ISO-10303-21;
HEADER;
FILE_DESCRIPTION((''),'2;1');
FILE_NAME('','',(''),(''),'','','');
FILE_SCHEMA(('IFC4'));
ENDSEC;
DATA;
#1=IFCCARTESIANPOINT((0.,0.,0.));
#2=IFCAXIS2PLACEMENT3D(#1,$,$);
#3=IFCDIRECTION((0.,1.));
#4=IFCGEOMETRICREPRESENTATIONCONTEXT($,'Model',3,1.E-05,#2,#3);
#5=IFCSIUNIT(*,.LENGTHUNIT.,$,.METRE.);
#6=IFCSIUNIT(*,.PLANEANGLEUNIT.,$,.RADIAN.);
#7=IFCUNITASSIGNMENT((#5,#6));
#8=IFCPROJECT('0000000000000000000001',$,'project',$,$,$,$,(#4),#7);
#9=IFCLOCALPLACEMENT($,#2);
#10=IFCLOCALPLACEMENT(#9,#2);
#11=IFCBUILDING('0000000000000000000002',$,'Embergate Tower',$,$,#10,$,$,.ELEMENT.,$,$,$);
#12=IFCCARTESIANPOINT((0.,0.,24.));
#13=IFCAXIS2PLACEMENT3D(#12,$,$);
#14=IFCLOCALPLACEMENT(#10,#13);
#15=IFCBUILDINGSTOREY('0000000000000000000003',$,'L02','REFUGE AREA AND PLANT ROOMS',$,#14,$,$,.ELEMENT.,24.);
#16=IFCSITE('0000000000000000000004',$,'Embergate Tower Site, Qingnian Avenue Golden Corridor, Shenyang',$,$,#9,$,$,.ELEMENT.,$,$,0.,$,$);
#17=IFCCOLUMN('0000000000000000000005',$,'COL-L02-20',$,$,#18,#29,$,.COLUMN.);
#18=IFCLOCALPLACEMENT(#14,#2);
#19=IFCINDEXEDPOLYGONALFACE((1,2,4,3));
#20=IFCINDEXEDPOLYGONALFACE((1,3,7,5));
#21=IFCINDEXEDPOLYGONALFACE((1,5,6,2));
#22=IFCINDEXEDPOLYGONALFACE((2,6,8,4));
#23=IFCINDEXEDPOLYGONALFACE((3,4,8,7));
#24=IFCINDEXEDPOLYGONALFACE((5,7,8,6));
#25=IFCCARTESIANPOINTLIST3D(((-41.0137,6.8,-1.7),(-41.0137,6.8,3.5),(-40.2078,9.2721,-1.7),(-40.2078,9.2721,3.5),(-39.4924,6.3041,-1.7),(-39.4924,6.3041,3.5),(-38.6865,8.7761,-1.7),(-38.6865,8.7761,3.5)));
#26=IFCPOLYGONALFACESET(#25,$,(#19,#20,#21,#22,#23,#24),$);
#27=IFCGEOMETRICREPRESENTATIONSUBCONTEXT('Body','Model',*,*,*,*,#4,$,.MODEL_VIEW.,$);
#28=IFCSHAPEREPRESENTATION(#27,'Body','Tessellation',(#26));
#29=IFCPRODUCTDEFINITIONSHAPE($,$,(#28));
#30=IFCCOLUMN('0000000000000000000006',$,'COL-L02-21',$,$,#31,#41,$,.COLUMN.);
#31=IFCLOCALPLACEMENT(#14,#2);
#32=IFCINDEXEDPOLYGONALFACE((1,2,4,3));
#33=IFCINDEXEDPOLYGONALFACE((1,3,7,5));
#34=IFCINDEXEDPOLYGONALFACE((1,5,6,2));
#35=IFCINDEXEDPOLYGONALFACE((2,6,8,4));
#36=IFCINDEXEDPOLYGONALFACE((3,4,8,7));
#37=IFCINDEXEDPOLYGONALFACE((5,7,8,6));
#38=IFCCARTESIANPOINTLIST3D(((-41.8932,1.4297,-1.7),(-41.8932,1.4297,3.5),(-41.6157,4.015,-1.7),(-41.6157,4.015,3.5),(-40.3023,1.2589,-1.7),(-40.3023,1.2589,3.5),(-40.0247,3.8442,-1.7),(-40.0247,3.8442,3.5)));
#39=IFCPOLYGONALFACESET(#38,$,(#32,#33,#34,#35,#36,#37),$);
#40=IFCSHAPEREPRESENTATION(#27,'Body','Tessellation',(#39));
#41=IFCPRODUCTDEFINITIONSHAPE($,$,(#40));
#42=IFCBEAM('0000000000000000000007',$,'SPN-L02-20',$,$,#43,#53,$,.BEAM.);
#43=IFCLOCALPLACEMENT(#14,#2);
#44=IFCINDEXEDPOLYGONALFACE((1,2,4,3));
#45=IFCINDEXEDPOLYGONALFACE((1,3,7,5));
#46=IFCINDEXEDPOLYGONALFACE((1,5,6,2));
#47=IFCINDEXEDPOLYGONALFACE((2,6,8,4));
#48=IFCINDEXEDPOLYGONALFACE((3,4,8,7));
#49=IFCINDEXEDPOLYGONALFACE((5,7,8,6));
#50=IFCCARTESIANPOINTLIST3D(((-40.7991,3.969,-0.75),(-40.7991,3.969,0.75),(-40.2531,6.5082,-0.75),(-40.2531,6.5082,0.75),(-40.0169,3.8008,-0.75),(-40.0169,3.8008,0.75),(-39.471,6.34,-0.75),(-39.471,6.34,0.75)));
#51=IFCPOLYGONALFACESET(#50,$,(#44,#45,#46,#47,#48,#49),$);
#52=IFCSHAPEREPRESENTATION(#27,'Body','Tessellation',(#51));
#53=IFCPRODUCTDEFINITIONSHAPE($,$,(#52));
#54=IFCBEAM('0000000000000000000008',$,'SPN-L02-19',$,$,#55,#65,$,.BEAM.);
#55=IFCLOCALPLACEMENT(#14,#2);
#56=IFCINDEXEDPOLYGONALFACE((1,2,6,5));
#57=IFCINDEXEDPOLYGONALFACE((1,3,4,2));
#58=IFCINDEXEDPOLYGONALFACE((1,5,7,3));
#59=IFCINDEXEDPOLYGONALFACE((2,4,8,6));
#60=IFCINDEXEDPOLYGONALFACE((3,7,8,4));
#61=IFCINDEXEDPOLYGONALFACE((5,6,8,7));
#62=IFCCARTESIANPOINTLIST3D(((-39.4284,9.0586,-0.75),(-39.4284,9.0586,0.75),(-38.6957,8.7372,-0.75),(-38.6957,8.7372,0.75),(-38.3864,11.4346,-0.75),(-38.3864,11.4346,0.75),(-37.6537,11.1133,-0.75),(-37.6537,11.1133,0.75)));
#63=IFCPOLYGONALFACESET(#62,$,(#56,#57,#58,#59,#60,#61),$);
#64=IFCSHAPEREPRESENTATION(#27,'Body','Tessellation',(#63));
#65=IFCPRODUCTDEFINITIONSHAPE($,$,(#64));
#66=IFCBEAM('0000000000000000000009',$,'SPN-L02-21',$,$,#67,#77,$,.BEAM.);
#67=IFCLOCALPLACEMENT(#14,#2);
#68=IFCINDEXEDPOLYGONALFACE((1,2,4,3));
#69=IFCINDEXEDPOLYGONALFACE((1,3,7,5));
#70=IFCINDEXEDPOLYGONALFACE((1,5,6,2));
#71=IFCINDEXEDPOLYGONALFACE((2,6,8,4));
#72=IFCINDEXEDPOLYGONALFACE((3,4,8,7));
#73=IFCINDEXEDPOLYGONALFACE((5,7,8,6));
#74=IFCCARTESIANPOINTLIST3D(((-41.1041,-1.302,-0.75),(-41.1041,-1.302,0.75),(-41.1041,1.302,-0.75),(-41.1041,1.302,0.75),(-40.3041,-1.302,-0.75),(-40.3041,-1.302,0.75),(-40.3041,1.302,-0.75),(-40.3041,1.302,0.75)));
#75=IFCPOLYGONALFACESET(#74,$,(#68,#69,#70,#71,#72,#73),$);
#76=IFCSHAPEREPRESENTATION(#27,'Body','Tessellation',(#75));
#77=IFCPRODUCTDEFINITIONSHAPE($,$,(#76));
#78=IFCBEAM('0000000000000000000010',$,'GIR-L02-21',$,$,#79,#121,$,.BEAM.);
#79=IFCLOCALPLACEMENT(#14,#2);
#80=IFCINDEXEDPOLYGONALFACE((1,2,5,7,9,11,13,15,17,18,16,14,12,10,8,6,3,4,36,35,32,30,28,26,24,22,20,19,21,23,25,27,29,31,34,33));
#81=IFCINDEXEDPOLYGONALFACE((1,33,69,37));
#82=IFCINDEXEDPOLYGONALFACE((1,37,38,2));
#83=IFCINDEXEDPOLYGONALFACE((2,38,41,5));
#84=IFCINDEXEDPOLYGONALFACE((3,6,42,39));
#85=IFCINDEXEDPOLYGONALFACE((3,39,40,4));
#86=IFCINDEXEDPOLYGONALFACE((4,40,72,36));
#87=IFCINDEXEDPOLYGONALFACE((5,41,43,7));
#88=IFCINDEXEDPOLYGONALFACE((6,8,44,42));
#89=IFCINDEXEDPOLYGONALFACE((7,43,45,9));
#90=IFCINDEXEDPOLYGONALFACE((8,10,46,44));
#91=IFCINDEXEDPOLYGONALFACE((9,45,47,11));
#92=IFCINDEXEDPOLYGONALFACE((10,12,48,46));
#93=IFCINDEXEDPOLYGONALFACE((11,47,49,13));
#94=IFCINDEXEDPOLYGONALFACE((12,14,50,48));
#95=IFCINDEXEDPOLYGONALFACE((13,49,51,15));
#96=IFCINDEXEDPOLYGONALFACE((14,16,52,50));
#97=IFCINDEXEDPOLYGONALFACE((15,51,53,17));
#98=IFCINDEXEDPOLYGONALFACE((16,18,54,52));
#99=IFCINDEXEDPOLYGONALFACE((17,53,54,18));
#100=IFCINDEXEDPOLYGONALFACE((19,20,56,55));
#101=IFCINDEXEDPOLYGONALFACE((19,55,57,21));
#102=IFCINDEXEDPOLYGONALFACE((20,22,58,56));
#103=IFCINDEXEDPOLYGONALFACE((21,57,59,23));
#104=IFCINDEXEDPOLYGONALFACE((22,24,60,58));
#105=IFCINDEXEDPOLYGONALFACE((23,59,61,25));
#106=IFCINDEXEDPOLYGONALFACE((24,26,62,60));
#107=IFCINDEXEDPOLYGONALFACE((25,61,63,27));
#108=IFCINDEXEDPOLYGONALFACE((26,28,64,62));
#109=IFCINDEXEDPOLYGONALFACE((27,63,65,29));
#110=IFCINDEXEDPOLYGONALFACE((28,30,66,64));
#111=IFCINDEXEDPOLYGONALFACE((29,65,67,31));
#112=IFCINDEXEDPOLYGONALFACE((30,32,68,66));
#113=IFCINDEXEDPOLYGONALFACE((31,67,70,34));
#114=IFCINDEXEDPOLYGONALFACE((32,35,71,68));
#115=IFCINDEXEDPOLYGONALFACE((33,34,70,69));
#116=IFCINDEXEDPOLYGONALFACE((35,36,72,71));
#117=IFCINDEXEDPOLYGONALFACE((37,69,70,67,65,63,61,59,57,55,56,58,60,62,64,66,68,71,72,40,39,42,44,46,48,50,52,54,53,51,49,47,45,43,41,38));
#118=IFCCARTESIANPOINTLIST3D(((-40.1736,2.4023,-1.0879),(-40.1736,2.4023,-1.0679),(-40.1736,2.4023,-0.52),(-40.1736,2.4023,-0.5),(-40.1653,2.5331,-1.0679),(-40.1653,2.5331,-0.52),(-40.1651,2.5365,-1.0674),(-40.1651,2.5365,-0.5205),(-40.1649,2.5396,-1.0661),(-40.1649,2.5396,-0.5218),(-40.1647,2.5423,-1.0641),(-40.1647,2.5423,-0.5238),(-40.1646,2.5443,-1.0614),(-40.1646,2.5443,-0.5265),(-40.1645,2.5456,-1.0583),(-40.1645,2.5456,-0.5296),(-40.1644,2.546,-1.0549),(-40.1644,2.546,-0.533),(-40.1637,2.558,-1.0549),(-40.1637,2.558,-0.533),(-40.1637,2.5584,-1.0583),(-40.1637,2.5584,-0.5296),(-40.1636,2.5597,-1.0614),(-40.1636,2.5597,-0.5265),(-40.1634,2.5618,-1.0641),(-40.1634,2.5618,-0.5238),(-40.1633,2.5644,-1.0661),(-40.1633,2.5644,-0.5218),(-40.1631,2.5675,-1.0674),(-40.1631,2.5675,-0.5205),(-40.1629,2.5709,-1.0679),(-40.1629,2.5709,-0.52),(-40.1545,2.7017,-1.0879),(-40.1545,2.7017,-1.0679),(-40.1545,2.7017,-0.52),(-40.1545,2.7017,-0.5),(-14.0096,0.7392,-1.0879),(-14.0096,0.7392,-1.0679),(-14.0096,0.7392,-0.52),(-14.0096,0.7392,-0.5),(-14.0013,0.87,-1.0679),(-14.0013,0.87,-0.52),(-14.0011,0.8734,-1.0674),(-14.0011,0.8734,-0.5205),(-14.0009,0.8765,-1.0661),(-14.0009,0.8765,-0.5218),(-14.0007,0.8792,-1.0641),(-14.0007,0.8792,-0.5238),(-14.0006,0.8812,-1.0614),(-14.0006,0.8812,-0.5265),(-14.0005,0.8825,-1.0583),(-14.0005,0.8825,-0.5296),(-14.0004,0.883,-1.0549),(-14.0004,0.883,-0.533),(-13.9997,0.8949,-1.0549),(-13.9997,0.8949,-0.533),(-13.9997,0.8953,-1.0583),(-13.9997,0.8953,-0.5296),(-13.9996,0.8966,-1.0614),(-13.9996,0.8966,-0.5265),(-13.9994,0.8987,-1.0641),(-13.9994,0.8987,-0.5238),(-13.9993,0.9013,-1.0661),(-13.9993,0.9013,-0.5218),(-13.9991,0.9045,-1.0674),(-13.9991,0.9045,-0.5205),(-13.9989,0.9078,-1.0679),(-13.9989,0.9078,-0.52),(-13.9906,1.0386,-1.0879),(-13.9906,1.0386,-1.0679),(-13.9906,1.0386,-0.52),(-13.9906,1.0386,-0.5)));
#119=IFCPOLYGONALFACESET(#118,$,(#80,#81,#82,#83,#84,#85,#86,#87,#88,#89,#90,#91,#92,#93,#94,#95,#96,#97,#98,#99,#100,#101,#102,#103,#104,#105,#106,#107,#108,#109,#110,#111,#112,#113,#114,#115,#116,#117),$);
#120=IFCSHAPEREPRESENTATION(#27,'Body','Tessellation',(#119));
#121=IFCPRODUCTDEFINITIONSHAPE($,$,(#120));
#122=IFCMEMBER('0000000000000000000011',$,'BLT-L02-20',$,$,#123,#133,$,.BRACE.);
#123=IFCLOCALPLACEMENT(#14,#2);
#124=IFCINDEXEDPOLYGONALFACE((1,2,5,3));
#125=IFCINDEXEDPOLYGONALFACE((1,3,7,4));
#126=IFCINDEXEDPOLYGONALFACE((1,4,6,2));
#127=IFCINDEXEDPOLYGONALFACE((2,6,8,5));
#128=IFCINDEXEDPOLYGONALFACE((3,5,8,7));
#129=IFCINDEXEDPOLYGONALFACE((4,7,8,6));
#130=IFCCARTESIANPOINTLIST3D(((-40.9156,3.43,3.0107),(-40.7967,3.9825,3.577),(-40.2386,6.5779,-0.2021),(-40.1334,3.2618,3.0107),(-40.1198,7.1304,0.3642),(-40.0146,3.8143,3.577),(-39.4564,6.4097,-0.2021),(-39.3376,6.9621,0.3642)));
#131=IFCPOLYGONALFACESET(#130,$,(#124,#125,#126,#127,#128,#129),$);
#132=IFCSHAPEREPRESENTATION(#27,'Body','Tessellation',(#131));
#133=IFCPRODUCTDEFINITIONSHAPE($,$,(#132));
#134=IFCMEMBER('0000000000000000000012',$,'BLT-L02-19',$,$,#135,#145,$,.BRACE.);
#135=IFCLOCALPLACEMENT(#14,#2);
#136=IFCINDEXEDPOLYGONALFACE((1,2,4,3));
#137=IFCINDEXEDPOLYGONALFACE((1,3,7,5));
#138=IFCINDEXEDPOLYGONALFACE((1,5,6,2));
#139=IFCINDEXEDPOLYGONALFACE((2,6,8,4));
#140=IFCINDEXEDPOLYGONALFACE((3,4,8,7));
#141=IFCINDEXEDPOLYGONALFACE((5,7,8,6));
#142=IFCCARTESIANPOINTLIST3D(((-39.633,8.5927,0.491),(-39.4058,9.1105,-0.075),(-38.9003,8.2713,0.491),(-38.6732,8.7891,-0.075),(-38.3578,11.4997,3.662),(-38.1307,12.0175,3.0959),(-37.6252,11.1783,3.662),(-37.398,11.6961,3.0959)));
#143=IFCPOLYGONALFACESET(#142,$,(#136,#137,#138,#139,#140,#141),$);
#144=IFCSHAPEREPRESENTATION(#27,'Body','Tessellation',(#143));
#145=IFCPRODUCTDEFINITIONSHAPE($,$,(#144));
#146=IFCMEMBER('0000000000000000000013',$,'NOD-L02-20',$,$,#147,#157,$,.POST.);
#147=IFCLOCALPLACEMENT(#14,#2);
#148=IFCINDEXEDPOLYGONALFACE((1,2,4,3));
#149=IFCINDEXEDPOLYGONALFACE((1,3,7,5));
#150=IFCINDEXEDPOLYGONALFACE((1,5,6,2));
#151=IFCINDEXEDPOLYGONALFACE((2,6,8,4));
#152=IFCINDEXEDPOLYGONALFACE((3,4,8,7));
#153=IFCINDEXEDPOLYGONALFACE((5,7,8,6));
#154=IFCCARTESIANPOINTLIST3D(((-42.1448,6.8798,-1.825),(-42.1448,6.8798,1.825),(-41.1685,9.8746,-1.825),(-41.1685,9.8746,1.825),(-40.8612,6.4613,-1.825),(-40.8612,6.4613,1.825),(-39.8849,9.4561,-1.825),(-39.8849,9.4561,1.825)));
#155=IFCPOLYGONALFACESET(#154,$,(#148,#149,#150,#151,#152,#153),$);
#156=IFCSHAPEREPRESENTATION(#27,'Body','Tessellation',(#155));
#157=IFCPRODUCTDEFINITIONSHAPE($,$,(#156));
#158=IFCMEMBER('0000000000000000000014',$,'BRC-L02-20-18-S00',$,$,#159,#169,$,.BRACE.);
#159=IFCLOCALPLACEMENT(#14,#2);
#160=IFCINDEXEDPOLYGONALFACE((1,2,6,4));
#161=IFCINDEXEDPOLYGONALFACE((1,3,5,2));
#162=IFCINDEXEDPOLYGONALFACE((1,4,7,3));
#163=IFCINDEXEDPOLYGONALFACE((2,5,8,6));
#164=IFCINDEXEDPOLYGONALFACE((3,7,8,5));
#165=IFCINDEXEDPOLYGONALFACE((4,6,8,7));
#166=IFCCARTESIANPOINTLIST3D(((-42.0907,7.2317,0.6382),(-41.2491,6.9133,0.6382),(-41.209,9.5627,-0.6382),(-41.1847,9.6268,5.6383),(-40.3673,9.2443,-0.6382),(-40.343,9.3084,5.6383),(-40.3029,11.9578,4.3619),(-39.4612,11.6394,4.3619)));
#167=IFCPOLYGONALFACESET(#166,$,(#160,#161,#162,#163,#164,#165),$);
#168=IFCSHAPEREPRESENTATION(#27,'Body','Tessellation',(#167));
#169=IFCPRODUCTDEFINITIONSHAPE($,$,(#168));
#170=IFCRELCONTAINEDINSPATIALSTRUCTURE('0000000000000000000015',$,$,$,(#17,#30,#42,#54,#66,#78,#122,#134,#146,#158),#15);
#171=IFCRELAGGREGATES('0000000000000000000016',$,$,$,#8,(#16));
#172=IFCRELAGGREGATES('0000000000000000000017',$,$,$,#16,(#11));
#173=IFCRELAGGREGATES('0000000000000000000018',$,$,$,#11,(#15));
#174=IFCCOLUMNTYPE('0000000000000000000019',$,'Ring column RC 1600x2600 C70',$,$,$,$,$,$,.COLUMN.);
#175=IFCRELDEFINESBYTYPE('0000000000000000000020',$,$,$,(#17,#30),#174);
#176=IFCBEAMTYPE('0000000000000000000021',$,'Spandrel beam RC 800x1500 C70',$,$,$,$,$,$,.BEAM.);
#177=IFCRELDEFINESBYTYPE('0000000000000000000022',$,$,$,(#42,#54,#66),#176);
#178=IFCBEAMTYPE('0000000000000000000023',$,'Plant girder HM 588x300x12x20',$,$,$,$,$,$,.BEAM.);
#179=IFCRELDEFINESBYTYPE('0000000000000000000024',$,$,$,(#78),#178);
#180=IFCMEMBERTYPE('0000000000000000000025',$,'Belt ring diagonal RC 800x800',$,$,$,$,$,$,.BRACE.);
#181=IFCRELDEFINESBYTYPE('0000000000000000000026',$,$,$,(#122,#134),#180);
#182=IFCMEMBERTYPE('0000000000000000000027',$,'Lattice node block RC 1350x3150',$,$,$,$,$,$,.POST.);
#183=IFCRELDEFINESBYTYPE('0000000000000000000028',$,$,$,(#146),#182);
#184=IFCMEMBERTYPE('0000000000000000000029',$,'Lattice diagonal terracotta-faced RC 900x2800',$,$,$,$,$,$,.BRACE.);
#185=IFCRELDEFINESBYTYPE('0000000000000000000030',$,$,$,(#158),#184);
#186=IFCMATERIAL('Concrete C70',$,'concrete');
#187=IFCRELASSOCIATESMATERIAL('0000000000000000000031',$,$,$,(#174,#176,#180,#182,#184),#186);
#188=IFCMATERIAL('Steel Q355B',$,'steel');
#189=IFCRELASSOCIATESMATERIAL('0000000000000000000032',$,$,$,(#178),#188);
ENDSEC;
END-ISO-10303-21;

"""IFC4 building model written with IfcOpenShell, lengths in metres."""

from ifc_helpers import new_model, si_unit, direction, frame, origin, origin_2d, place, context, subcontext, project, spatial, rectangle, i_section, extrude, source, transform, mapped, material, material_profile, profile_set, type_object, element, save


model = new_model("IFC4")

# Units and contexts
model_context = context("Model", 3, precision=1e-05, world=origin(), true_north=direction((0.0, 1.0)))
body_context = subcontext(model_context, "Body", "Model", "MODEL_VIEW")
ifc_project = project(units=[si_unit("LENGTHUNIT", "METRE"), si_unit("PLANEANGLEUNIT", "RADIAN")], contexts=[model_context])

# Site, building, storey
site_placement = place(None, origin())
site = spatial("IfcSite", under=ifc_project, at=site_placement, Name="Embergate Tower Site, Qingnian Avenue Golden Corridor, Shenyang", CompositionType="ELEMENT", RefElevation=0.0)
building_placement = place(site_placement, origin())
building = spatial("IfcBuilding", under=site, at=building_placement, Name="Embergate Tower", CompositionType="ELEMENT")
storey_placement = place(building_placement, frame((0.0, 0.0, 24.0)))
storey = spatial("IfcBuildingStorey", under=building, at=storey_placement, Name="L02", Description="REFUGE AREA AND PLANT ROOMS", CompositionType="ELEMENT", Elevation=24.0)

# Columns
ifc_material_1 = material(Name="Concrete C70", Category="concrete")
ifc_material_profile_1 = material_profile(ifc_material_1, rectangle(XDim=1.6001, YDim=2.6001, at=origin_2d()), Name="RC 1600x2600")
ifc_profile_set_1 = profile_set([ifc_material_profile_1], Name="Concrete C70")
column_type = type_object("IfcColumnType", Name="Ring column RC 1600x2600 C70", PredefinedType="COLUMN", material=ifc_profile_set_1)
shared_shape_1 = source(origin(), body_context, "Body", "SweptSolid", [
    extrude(rectangle(XDim=1.6001, YDim=2.6001, at=origin_2d()), origin(), (0.0, 0.0, 1.0), 5.2),
])
for number, where, z_axis, x_axis, name in (
    (1, (-39.8501, 7.7881, -1.7), (0.0, 0.0, 1.0), (-0.950754, 0.309946, 0.0), "COL-L02-20"),
    (2, (-40.959, 2.637, -1.7), (0.0, 0.0, 1.0), (-0.994286, 0.10675, 0.0), "COL-L02-21"),
):
    element("IfcColumn", number, at=place(storey_placement, frame(where, z_axis=z_axis, x_axis=x_axis)), inside=storey, type_object=column_type, Name=name, PredefinedType="COLUMN", context=body_context, shape_type="MappedRepresentation", body=[
        mapped(shared_shape_1, transform((0.0, 0.0, 0.0))),
    ])

# Beams
ifc_material_profile_2 = material_profile(ifc_material_1, rectangle(XDim=0.8, YDim=1.5, at=origin_2d()), Name="RC 800x1500")
ifc_profile_set_2 = profile_set([ifc_material_profile_2], Name="Concrete C70")
beam_type_1 = type_object("IfcBeamType", Name="Spandrel beam RC 800x1500 C70", PredefinedType="BEAM", material=ifc_profile_set_2)
shared_shape_2 = source(origin(), body_context, "Body", "SweptSolid", [
    extrude(rectangle(XDim=0.8, YDim=1.5, at=origin_2d()), origin(), (0.0, 0.0, 1.0), 2.5972),
])
beam_1_placement = place(storey_placement, frame((-39.8621, 6.4241, 0.0), z_axis=(-0.210197, -0.977659, 0.0), x_axis=(0.977659, -0.210197, 0.0)))
element("IfcBeam", 3, at=beam_1_placement, inside=storey, type_object=beam_type_1, Name="SPN-L02-20", PredefinedType="BEAM", context=body_context, shape_type="MappedRepresentation", body=[
    mapped(shared_shape_2, transform((0.0, 0.0, 0.0))),
])
shared_shape_3 = source(origin(), body_context, "Body", "SweptSolid", [
    extrude(rectangle(XDim=0.8, YDim=1.5, at=origin_2d()), origin(), (0.0, 0.0, 1.0), 2.5945),
])
beam_2_placement = place(storey_placement, frame((-38.02, 11.2739, 0.0), z_axis=(-0.401628, -0.915803, 0.0), x_axis=(0.915803, -0.401628, 0.0)))
element("IfcBeam", 4, at=beam_2_placement, inside=storey, type_object=beam_type_1, Name="SPN-L02-19", PredefinedType="BEAM", context=body_context, shape_type="MappedRepresentation", body=[
    mapped(shared_shape_3, transform((0.0, 0.0, 0.0))),
])
shared_shape_4 = source(origin(), body_context, "Body", "SweptSolid", [
    extrude(rectangle(XDim=0.8, YDim=1.5, at=origin_2d()), origin(), (0.0, 0.0, 1.0), 2.604),
])
beam_3_placement = place(storey_placement, frame((-40.7041, 1.302, 0.0), z_axis=(0.0, -1.0, 0.0), x_axis=(1.0, 0.0, 0.0)))
element("IfcBeam", 5, at=beam_3_placement, inside=storey, type_object=beam_type_1, Name="SPN-L02-21", PredefinedType="BEAM", context=body_context, shape_type="MappedRepresentation", body=[
    mapped(shared_shape_4, transform((0.0, 0.0, 0.0))),
])
ifc_material_2 = material(Name="Steel Q355B", Category="steel")
ifc_material_profile_3 = material_profile(ifc_material_2, i_section(OverallWidth=0.3, OverallDepth=0.5879, WebThickness=0.012, FlangeThickness=0.02, FilletRadius=0.0129, at=origin_2d()), Name="HM 588x300x12x20")
ifc_profile_set_3 = profile_set([ifc_material_profile_3], Name="Steel Q355 grade B")
beam_type_2 = type_object("IfcBeamType", Name="Plant girder HM 588x300x12x20", PredefinedType="BEAM", material=ifc_profile_set_3)
shared_shape_5 = source(origin(), body_context, "Body", "SweptSolid", [
    extrude(i_section(OverallWidth=0.3, OverallDepth=0.5879, WebThickness=0.012, FlangeThickness=0.02, FilletRadius=0.0129, at=origin_2d()), origin(), (0.0, 0.0, 1.0), 26.2168),
])
beam_4_placement = place(storey_placement, frame((-40.1641, 2.552, -0.7939), z_axis=(0.997986, -0.063436, 0.0), x_axis=(0.063436, 0.997986, 0.0)))
element("IfcBeam", 6, at=beam_4_placement, inside=storey, type_object=beam_type_2, Name="GIR-L02-21", PredefinedType="BEAM", context=body_context, shape_type="MappedRepresentation", body=[
    mapped(shared_shape_5, transform((0.0, 0.0, 0.0))),
])

# Members
ifc_material_profile_4 = material_profile(ifc_material_1, rectangle(XDim=0.8, YDim=0.8, at=origin_2d()), Name="RC 800x800")
ifc_profile_set_4 = profile_set([ifc_material_profile_4], Name="Concrete C70")
member_type_1 = type_object("IfcMemberType", Name="Belt ring diagonal RC 800x800", PredefinedType="BRACE", material=ifc_profile_set_4)
shared_shape_6 = source(origin(), body_context, "Body", "SweptSolid", [
    extrude(rectangle(XDim=0.8, YDim=0.8, at=origin_2d()), origin(), (0.0, 0.0, 1.0), 4.5486),
])
member_1_placement = place(storey_placement, frame((-39.7881, 6.77, 0.0811), z_axis=(-0.148834, -0.692056, 0.706333), x_axis=(0.977647, -0.210254, 0.0)))
element("IfcMember", 7, at=member_1_placement, inside=storey, type_object=member_type_1, Name="BLT-L02-20", PredefinedType="BRACE", context=body_context, shape_type="MappedRepresentation", body=[
    mapped(shared_shape_6, transform((0.0, 0.0, 0.0))),
])
shared_shape_7 = source(origin(), body_context, "Body", "SweptSolid", [
    extrude(rectangle(XDim=0.8, YDim=0.8, at=origin_2d()), origin(), (0.0, 0.0, 1.0), 4.4868),
])
member_2_placement = place(storey_placement, frame((-39.1531, 8.6909, 0.208), z_axis=(0.284201, 0.6479, 0.706721), x_axis=(-0.91577, 0.401702, 0.0)))
element("IfcMember", 8, at=member_2_placement, inside=storey, type_object=member_type_1, Name="BLT-L02-19", PredefinedType="BRACE", context=body_context, shape_type="MappedRepresentation", body=[
    mapped(shared_shape_7, transform((0.0, 0.0, 0.0))),
])
ifc_material_profile_5 = material_profile(ifc_material_1, rectangle(XDim=1.3501, YDim=3.1499, at=origin_2d()), Name="RC 1350x3150")
ifc_profile_set_5 = profile_set([ifc_material_profile_5], Name="Concrete C70")
member_type_2 = type_object("IfcMemberType", Name="Lattice node block RC 1350x3150", PredefinedType="POST", material=ifc_profile_set_5)
shared_shape_8 = source(origin(), body_context, "Body", "SweptSolid", [
    extrude(rectangle(XDim=1.3501, YDim=3.1499, at=origin_2d()), origin(), (0.0, 0.0, 1.0), 3.6499),
])
member_3_placement = place(storey_placement, frame((-41.0149, 8.168, -1.825), z_axis=(0.0, 0.0, 1.0), x_axis=(-0.950754, 0.309946, 0.0)))
element("IfcMember", 9, at=member_3_placement, inside=storey, type_object=member_type_2, Name="NOD-L02-20", PredefinedType="POST", context=body_context, shape_type="MappedRepresentation", body=[
    mapped(shared_shape_8, transform((0.0, 0.0, 0.0))),
])
ifc_material_profile_6 = material_profile(ifc_material_1, rectangle(XDim=0.8999, YDim=2.8, at=origin_2d()), Name="RC 900x2800")
ifc_profile_set_6 = profile_set([ifc_material_profile_6], Name="Concrete C70")
member_type_3 = type_object("IfcMemberType", Name="Lattice diagonal terracotta-faced RC 900x2800", PredefinedType="BRACE", material=ifc_profile_set_6)
shared_shape_9 = source(origin(), body_context, "Body", "SweptSolid", [
    extrude(rectangle(XDim=0.8999, YDim=2.8, at=origin_2d()), origin(), (0.0, 0.0, 1.0), 5.6177),
])
member_4_placement = place(storey_placement, frame((-41.229, 8.238, 0.0), z_axis=(0.161281, 0.426345, 0.890066), x_axis=(-0.935314, 0.353818, 0.0)))
element("IfcMember", 10, at=member_4_placement, inside=storey, type_object=member_type_3, Name="BRC-L02-20-18-S00", PredefinedType="BRACE", context=body_context, shape_type="MappedRepresentation", body=[
    mapped(shared_shape_9, transform((0.0, 0.0, 0.0))),
])

save(model, "model.ifc")
